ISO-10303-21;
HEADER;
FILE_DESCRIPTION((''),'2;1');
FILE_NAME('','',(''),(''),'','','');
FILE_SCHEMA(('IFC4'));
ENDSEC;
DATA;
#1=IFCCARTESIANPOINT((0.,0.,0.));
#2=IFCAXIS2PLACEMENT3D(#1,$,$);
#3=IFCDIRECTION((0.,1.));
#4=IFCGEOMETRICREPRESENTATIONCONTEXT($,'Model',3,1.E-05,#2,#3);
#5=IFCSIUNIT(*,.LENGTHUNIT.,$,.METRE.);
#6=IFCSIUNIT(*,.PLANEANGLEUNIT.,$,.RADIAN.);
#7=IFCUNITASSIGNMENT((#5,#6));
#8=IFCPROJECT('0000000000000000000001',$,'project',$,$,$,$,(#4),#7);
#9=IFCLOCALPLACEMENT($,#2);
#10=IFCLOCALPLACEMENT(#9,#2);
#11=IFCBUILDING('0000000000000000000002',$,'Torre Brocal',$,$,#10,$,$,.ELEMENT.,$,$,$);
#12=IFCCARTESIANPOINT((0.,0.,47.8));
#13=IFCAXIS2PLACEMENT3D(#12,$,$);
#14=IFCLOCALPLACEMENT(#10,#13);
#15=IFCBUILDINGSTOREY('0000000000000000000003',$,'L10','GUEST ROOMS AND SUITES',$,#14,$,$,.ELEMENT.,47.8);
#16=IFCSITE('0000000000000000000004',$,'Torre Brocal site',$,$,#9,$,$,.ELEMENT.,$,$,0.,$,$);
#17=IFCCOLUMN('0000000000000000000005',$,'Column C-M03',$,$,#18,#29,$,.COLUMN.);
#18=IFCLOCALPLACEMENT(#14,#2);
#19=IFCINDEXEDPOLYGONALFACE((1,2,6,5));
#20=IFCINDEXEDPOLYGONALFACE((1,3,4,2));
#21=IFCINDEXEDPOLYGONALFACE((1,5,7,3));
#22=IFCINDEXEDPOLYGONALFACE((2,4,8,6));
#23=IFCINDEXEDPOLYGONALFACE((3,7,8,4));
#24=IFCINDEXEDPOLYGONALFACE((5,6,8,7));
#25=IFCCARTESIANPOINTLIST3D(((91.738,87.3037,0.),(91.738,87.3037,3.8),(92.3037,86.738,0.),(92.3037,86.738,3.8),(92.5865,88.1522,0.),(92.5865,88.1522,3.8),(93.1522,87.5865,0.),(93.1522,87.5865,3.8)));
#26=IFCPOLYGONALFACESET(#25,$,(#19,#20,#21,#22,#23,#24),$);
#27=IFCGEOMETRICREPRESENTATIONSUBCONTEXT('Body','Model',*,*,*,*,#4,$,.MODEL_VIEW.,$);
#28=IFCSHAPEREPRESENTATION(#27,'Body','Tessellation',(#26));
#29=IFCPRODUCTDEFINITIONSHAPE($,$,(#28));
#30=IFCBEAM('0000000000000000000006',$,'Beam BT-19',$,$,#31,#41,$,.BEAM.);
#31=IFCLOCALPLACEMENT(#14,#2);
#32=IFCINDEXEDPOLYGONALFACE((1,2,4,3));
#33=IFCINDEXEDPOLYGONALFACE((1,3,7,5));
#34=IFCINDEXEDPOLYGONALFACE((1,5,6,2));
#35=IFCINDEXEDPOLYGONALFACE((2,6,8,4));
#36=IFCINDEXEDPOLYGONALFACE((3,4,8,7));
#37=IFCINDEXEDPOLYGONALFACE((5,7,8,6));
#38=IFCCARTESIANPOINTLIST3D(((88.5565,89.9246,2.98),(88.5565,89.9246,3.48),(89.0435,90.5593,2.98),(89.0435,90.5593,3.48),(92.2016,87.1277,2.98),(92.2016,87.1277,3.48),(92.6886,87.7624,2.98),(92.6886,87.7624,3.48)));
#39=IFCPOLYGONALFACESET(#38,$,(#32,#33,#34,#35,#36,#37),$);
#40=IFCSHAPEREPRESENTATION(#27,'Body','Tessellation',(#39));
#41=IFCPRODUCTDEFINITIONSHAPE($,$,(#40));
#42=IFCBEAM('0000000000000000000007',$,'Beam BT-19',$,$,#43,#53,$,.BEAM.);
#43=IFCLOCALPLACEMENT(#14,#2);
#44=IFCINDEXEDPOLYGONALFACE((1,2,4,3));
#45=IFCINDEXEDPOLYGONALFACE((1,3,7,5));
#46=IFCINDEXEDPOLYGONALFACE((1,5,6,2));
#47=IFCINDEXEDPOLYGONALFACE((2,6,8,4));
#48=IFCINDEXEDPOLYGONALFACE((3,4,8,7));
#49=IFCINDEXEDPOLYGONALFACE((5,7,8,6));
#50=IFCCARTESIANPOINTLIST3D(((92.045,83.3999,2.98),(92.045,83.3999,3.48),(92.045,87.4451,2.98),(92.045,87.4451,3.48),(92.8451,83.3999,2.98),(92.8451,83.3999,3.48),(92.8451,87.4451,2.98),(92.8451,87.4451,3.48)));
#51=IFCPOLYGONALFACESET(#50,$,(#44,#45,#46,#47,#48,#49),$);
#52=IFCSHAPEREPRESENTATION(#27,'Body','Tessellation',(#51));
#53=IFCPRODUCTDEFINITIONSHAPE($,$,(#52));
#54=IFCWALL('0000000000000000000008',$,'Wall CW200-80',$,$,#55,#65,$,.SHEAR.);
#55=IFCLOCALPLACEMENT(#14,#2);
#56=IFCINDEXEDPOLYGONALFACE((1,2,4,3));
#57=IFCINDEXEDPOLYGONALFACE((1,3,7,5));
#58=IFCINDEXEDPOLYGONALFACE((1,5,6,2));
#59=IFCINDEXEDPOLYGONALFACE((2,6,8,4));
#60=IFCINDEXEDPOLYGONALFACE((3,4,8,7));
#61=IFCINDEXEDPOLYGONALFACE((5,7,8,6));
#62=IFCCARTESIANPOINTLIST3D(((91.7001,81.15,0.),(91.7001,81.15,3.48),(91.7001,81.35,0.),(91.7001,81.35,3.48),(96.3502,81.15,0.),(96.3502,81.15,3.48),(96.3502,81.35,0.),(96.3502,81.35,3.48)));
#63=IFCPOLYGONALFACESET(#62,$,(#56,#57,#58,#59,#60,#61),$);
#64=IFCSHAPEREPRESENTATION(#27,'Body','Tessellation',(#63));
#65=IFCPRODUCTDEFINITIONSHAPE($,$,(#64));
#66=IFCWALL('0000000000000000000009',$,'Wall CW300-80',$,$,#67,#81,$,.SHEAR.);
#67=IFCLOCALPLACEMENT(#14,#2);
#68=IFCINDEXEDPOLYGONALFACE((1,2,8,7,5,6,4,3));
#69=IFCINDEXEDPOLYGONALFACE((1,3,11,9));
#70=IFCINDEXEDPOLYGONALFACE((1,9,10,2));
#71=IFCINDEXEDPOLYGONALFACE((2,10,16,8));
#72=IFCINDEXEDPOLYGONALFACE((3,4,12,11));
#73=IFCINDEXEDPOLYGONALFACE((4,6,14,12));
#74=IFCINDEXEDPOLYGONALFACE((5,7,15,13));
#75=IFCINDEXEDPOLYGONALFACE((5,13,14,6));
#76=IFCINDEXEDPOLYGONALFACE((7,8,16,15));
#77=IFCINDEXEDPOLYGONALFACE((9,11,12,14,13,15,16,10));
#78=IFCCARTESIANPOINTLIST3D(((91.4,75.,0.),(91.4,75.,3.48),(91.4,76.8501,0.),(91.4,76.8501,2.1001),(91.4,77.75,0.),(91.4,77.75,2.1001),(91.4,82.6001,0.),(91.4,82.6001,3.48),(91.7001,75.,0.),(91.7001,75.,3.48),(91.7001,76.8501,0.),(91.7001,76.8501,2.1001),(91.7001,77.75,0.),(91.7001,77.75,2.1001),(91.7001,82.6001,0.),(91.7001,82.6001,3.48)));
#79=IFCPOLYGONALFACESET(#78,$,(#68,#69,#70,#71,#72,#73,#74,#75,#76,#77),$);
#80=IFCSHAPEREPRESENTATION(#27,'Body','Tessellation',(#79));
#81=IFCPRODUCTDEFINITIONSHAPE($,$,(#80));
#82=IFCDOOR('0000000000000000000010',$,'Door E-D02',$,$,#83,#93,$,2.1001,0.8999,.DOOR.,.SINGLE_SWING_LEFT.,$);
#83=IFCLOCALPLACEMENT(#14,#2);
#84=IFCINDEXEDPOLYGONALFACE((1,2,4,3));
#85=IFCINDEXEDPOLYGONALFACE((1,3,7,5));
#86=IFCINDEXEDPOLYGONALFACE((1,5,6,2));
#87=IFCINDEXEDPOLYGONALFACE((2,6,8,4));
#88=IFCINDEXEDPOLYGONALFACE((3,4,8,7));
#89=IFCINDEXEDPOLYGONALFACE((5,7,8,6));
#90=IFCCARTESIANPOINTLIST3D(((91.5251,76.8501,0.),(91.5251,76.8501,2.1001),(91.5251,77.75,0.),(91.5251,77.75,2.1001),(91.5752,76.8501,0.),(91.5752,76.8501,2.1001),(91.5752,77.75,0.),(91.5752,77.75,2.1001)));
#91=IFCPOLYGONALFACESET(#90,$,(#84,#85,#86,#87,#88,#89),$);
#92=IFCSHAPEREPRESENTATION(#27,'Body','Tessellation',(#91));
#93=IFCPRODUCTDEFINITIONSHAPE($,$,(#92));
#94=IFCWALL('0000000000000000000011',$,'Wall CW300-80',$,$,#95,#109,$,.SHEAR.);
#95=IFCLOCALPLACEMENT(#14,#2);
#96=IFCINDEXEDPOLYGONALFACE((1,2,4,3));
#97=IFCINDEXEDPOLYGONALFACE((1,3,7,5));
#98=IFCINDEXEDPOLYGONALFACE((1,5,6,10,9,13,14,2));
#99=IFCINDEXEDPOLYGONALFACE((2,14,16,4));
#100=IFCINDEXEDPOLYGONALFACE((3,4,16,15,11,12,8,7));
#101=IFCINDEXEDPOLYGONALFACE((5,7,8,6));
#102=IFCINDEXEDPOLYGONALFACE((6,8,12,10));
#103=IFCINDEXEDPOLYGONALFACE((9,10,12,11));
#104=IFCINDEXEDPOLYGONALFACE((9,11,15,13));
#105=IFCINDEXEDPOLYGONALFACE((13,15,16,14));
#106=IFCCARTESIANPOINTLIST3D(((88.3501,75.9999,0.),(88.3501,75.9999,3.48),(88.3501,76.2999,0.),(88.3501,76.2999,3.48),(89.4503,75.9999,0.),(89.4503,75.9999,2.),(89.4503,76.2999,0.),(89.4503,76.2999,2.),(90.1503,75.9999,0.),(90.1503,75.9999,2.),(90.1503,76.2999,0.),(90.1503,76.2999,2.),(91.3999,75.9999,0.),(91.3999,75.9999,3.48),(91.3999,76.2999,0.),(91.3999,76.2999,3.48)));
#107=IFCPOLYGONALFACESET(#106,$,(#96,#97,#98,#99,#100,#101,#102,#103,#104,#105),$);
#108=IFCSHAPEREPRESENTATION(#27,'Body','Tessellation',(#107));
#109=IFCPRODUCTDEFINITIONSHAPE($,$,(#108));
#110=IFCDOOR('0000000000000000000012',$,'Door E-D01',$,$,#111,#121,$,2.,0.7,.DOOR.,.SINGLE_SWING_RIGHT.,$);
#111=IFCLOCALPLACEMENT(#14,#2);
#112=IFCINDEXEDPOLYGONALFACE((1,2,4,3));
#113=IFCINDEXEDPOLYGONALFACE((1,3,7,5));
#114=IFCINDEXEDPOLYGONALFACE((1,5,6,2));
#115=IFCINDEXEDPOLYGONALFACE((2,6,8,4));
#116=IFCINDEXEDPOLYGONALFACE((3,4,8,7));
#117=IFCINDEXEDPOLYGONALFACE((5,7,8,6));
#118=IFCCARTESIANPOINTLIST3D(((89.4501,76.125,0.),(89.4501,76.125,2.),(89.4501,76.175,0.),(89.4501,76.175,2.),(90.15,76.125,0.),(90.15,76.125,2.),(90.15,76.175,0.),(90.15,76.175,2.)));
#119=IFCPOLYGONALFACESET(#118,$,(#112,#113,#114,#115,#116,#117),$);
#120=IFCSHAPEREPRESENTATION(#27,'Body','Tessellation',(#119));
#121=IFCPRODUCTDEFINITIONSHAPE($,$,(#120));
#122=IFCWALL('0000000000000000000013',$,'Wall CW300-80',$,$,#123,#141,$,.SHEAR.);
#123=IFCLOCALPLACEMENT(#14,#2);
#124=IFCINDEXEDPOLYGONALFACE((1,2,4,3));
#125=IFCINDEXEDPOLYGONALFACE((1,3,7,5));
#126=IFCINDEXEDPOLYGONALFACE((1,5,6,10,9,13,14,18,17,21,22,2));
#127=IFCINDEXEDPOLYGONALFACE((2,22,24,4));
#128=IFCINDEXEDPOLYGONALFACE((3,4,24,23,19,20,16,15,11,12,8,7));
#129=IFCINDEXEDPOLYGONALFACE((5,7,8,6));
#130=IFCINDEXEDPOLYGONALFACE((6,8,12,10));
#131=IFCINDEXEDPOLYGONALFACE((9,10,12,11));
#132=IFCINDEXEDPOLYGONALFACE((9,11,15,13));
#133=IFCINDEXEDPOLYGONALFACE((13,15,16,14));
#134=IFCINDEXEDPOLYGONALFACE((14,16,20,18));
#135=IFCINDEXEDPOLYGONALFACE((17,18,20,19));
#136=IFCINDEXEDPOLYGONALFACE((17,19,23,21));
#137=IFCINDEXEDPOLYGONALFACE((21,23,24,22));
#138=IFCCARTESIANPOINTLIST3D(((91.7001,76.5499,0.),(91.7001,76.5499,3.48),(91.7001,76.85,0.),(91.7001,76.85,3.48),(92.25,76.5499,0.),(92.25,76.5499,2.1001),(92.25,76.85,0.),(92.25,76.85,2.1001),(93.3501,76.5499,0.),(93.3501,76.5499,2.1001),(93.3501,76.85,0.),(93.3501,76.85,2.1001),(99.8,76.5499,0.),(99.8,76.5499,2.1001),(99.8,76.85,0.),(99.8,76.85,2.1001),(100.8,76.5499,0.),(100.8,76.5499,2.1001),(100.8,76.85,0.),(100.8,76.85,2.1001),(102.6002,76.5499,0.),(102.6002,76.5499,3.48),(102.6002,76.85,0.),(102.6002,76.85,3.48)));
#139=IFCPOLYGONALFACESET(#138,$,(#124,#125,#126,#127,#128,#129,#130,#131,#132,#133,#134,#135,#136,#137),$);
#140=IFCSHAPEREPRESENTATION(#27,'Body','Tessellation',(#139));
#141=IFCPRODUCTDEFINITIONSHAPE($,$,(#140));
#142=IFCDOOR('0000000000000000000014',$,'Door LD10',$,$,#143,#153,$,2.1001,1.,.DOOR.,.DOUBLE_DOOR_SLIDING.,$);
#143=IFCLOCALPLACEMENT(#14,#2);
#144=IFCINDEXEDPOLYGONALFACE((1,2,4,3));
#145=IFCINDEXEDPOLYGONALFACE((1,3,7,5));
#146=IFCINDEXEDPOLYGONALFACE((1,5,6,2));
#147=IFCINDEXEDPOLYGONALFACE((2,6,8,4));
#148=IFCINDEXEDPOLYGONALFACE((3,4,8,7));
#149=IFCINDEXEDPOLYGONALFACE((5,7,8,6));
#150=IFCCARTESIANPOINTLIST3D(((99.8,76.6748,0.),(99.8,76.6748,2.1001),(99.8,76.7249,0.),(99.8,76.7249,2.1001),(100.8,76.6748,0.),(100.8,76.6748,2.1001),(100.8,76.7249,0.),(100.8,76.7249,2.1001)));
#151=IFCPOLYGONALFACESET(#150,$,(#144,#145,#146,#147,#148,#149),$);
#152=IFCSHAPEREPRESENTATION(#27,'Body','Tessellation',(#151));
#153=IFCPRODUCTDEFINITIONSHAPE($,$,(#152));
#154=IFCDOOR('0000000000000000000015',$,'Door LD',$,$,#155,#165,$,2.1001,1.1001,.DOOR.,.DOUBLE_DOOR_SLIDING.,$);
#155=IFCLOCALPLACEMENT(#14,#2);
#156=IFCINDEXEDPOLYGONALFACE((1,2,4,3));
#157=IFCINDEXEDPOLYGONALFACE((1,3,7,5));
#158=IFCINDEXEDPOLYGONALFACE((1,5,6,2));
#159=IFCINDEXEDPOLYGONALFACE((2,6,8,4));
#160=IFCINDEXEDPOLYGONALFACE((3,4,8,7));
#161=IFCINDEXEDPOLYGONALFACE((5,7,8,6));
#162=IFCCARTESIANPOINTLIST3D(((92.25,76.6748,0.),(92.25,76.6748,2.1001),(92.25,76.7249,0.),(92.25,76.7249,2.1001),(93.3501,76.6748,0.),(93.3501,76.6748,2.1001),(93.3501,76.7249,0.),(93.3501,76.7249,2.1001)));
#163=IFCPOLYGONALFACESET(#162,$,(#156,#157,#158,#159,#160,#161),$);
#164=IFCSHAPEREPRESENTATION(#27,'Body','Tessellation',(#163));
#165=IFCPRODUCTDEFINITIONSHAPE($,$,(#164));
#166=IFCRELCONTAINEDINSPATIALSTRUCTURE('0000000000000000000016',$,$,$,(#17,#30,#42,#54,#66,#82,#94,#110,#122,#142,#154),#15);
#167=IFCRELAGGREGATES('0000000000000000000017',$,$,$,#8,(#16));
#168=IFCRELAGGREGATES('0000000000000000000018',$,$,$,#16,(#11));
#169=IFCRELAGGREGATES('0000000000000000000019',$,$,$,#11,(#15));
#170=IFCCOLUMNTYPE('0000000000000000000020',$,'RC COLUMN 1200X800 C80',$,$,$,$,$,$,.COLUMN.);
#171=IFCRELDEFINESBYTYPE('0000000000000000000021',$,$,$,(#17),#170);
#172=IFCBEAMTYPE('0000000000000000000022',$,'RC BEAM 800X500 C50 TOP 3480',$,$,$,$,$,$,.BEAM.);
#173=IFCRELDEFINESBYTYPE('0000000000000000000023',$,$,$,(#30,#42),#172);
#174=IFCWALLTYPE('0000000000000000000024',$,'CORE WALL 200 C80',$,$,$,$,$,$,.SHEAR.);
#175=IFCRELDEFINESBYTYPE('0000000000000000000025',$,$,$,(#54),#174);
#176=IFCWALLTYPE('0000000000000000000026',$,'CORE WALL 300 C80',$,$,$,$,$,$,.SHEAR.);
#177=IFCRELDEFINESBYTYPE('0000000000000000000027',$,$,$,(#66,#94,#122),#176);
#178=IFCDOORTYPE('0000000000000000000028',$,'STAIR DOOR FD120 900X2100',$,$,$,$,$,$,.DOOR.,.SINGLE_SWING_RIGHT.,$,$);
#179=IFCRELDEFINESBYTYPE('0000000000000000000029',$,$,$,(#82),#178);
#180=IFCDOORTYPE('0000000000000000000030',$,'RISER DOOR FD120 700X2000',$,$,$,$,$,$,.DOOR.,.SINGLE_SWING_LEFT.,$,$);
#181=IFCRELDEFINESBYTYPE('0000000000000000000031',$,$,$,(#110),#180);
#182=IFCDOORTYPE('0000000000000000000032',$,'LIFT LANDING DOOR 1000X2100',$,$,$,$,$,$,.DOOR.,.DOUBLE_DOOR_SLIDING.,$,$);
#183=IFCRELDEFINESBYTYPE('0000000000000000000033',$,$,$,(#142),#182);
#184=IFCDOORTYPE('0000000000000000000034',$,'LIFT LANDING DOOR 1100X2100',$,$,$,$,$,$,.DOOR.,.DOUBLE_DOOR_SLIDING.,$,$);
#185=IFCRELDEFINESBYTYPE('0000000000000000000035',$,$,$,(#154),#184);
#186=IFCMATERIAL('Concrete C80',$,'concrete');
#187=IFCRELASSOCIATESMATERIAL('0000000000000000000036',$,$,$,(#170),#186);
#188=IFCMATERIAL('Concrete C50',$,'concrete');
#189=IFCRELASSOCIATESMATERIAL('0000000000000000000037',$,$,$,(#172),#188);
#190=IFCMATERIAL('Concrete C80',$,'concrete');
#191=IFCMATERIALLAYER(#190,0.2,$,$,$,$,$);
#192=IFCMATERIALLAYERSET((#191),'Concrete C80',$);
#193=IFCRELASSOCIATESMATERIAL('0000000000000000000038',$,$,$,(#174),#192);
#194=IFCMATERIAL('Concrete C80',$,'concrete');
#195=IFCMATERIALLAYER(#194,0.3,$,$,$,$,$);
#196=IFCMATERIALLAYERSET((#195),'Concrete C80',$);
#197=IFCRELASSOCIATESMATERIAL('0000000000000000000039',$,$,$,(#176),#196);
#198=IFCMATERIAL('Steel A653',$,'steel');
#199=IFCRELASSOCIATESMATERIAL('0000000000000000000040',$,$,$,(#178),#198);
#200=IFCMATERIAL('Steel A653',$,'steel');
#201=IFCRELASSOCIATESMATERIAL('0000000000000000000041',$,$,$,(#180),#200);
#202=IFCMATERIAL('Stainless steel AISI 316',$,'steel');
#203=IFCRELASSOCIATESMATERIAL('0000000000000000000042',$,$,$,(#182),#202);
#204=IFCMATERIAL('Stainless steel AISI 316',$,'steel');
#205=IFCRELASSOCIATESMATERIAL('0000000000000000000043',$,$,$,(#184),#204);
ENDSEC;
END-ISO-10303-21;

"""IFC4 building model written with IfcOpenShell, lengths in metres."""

from ifc_helpers import new_model, si_unit, direction, frame, frame_2d, origin, origin_2d, place, context, subcontext, project, spatial, rectangle, extrude, material, layer, layer_set, material_profile, profile_set, type_object, element, fill, save


model = new_model("IFC4")

# Units and contexts
model_context = context("Model", 3, precision=1e-05, world=origin(), true_north=direction((0.0, 1.0)))
body_context = subcontext(model_context, "Body", "Model", "MODEL_VIEW")
ifc_project = project(units=[si_unit("LENGTHUNIT", "METRE"), si_unit("PLANEANGLEUNIT", "RADIAN")], contexts=[model_context])

# Site, building, storey
site_placement = place(None, origin())
site = spatial("IfcSite", under=ifc_project, at=site_placement, Name="Torre Brocal site", CompositionType="ELEMENT", RefElevation=0.0)
building_placement = place(site_placement, origin())
building = spatial("IfcBuilding", under=site, at=building_placement, Name="Torre Brocal", CompositionType="ELEMENT")
storey_placement = place(building_placement, frame((0.0, 0.0, 47.8)))
storey = spatial("IfcBuildingStorey", under=building, at=storey_placement, Name="L10", Description="GUEST ROOMS AND SUITES", CompositionType="ELEMENT", Elevation=47.8)

# Column
ifc_material_1 = material(Name="Concrete C80", Category="concrete")
ifc_material_profile_1 = material_profile(ifc_material_1, rectangle(XDim=1.2, YDim=0.8, at=origin_2d()), Name="RC 1200X800")
ifc_profile_set_1 = profile_set([ifc_material_profile_1], Name="Concrete C80")
column_type = type_object("IfcColumnType", Name="RC COLUMN 1200X800 C80", PredefinedType="COLUMN", material=ifc_profile_set_1)
column_placement = place(storey_placement, frame((92.4451, 87.4451, 0.0), z_axis=(0.0, 0.0, 1.0), x_axis=(0.707107, 0.707107, 0.0)))
element("IfcColumn", 1, at=column_placement, inside=storey, type_object=column_type, Name="Column C-M03", PredefinedType="COLUMN", context=body_context, shape_type="SweptSolid", body=[
    extrude(rectangle(XDim=1.2, YDim=0.8, at=origin_2d()), origin(), (0.0, 0.0, 1.0), 3.8),
])

# Beams
ifc_material_2 = material(Name="Concrete C50", Category="concrete")
ifc_material_profile_2 = material_profile(ifc_material_2, rectangle(XDim=0.8, YDim=0.5, at=origin_2d()), Name="RC 800X500")
ifc_profile_set_2 = profile_set([ifc_material_profile_2], Name="Concrete C50")
beam_type = type_object("IfcBeamType", Name="RC BEAM 800X500 C50 TOP 3480", PredefinedType="BEAM", material=ifc_profile_set_2)
beam_1_placement = place(storey_placement, frame((92.4451, 87.4451, 3.23), z_axis=(-0.793358, 0.608755, 0.0), x_axis=(-0.608755, -0.793358, 0.0)))
element("IfcBeam", 2, at=beam_1_placement, inside=storey, type_object=beam_type, Name="Beam BT-19", PredefinedType="BEAM", context=body_context, shape_type="SweptSolid", body=[
    extrude(rectangle(XDim=0.8, YDim=0.5, at=origin_2d()), origin(), (0.0, 0.0, 1.0), 4.5945),
])
beam_2_placement = place(storey_placement, frame((92.4451, 87.4451, 3.23), z_axis=(0.0, -1.0, 0.0), x_axis=(1.0, 0.0, 0.0)))
element("IfcBeam", 3, at=beam_2_placement, inside=storey, type_object=beam_type, Name="Beam BT-19", PredefinedType="BEAM", context=body_context, shape_type="SweptSolid", body=[
    extrude(rectangle(XDim=0.8, YDim=0.5, at=origin_2d()), origin(), (0.0, 0.0, 1.0), 4.0452),
])

# Wall
ifc_material_3 = material(Name="Concrete C80", Category="concrete")
ifc_layer_1 = layer(ifc_material_3, 0.2)
ifc_layer_set_1 = layer_set([ifc_layer_1], Name="Concrete C80")
wall_type_1 = type_object("IfcWallType", Name="CORE WALL 200 C80", PredefinedType="SHEAR", material=ifc_layer_set_1)
wall_1_placement = place(storey_placement, frame((91.7, 81.25, 0.0), z_axis=(0.0, 0.0, 1.0), x_axis=(1.0, 0.0, 0.0)))
element("IfcWall", 4, at=wall_1_placement, inside=storey, type_object=wall_type_1, Name="Wall CW200-80", PredefinedType="SHEAR", context=body_context, shape_type="SweptSolid", body=[
    extrude(rectangle(XDim=4.6501, YDim=0.2, at=frame_2d((2.3252, 0.0))), origin(), (0.0, 0.0, 1.0), 3.48),
])

# Walls, openings, doors
ifc_material_4 = material(Name="Concrete C80", Category="concrete")
ifc_layer_2 = layer(ifc_material_4, 0.3)
ifc_layer_set_2 = layer_set([ifc_layer_2], Name="Concrete C80")
wall_type_2 = type_object("IfcWallType", Name="CORE WALL 300 C80", PredefinedType="SHEAR", material=ifc_layer_set_2)
wall_2_placement = place(storey_placement, frame((91.55, 75.0, 0.0), z_axis=(0.0, 0.0, 1.0), x_axis=(0.0, 1.0, 0.0)))
wall_2 = element("IfcWall", 5, at=wall_2_placement, inside=storey, type_object=wall_type_2, Name="Wall CW300-80", PredefinedType="SHEAR", context=body_context, shape_type="SweptSolid", body=[
    extrude(rectangle(XDim=7.6001, YDim=0.3, at=frame_2d((3.8, 0.0))), origin(), (0.0, 0.0, 1.0), 3.48),
])
opening_1_placement = place(wall_2_placement, frame((1.8501, 0.0, 0.0)))
opening_1 = element("IfcOpeningElement", 6, at=opening_1_placement, cuts=wall_2, PredefinedType="OPENING", context=body_context, shape_type="SweptSolid", body=[
    extrude(rectangle(XDim=0.8999, YDim=2.1001, at=frame_2d((0.45, 1.05))), frame((0.0, 0.1599, 0.0), z_axis=(0.0, -1.0, 0.0), x_axis=(1.0, 0.0, 0.0)), (0.0, 0.0, 1.0), 0.3201),
])
ifc_material_5 = material(Name="Steel A653", Category="steel")
door_type_1 = type_object("IfcDoorType", Name="STAIR DOOR FD120 900X2100", OperationType="SINGLE_SWING_RIGHT", PredefinedType="DOOR", material=ifc_material_5)
door_1_placement = place(opening_1_placement, origin())
door_1 = element("IfcDoor", 7, at=door_1_placement, inside=storey, type_object=door_type_1, Name="Door E-D02", OperationType="SINGLE_SWING_LEFT", OverallHeight=2.1001, OverallWidth=0.8999, PredefinedType="DOOR", context=body_context, shape_type="SweptSolid", body=[
    extrude(rectangle(XDim=0.8999, YDim=2.1001, at=frame_2d((0.45, 1.05))), frame((0.0, 0.0249, 0.0), z_axis=(0.0, -1.0, 0.0), x_axis=(1.0, 0.0, 0.0)), (0.0, 0.0, 1.0), 0.05),
])
fill(opening_1, door_1)
wall_3_placement = place(storey_placement, frame((88.3501, 76.1499, 0.0), z_axis=(0.0, 0.0, 1.0), x_axis=(1.0, 0.0, 0.0)))
wall_3 = element("IfcWall", 8, at=wall_3_placement, inside=storey, type_object=wall_type_2, Name="Wall CW300-80", PredefinedType="SHEAR", context=body_context, shape_type="SweptSolid", body=[
    extrude(rectangle(XDim=3.0498, YDim=0.3, at=frame_2d((1.5249, 0.0))), origin(), (0.0, 0.0, 1.0), 3.48),
])
opening_2_placement = place(wall_3_placement, frame((1.1001, 0.0, 0.0)))
opening_2 = element("IfcOpeningElement", 9, at=opening_2_placement, cuts=wall_3, PredefinedType="OPENING", context=body_context, shape_type="SweptSolid", body=[
    extrude(rectangle(XDim=0.7, YDim=2.0, at=frame_2d((0.3501, 1.0))), frame((0.0, 0.1599, 0.0), z_axis=(0.0, -1.0, 0.0), x_axis=(1.0, 0.0, 0.0)), (0.0, 0.0, 1.0), 0.3201),
])
ifc_material_6 = material(Name="Steel A653", Category="steel")
door_type_2 = type_object("IfcDoorType", Name="RISER DOOR FD120 700X2000", OperationType="SINGLE_SWING_LEFT", PredefinedType="DOOR", material=ifc_material_6)
door_2_placement = place(opening_2_placement, frame((0.7, 0.0, 0.0), z_axis=(0.0, 0.0, 1.0), x_axis=(-1.0, 0.0, 0.0)))
door_2 = element("IfcDoor", 10, at=door_2_placement, inside=storey, type_object=door_type_2, Name="Door E-D01", OperationType="SINGLE_SWING_RIGHT", OverallHeight=2.0, OverallWidth=0.7, PredefinedType="DOOR", context=body_context, shape_type="SweptSolid", body=[
    extrude(rectangle(XDim=0.7, YDim=2.0, at=frame_2d((0.3501, 1.0))), frame((0.0, 0.0249, 0.0), z_axis=(0.0, -1.0, 0.0), x_axis=(1.0, 0.0, 0.0)), (0.0, 0.0, 1.0), 0.05),
])
fill(opening_2, door_2)

# Wall, openings, doors
wall_4_placement = place(storey_placement, frame((91.7, 76.7, 0.0), z_axis=(0.0, 0.0, 1.0), x_axis=(1.0, 0.0, 0.0)))
wall_4 = element("IfcWall", 11, at=wall_4_placement, inside=storey, type_object=wall_type_2, Name="Wall CW300-80", PredefinedType="SHEAR", context=body_context, shape_type="SweptSolid", body=[
    extrude(rectangle(XDim=10.9001, YDim=0.3, at=frame_2d((5.4502, 0.0))), origin(), (0.0, 0.0, 1.0), 3.48),
])
opening_3_placement = place(wall_4_placement, frame((0.55, 0.0, 0.0)))
opening_3 = element("IfcOpeningElement", 12, at=opening_3_placement, cuts=wall_4, PredefinedType="OPENING", context=body_context, shape_type="SweptSolid", body=[
    extrude(rectangle(XDim=1.1001, YDim=2.1001, at=frame_2d((0.55, 1.05))), frame((0.0, 0.1599, 0.0), z_axis=(0.0, -1.0, 0.0), x_axis=(1.0, 0.0, 0.0)), (0.0, 0.0, 1.0), 0.3201),
])
opening_4_placement = place(wall_4_placement, frame((8.1001, 0.0, 0.0)))
opening_4 = element("IfcOpeningElement", 13, at=opening_4_placement, cuts=wall_4, PredefinedType="OPENING", context=body_context, shape_type="SweptSolid", body=[
    extrude(rectangle(XDim=1.0, YDim=2.1001, at=frame_2d((0.5, 1.05))), frame((0.0, 0.1599, 0.0), z_axis=(0.0, -1.0, 0.0), x_axis=(1.0, 0.0, 0.0)), (0.0, 0.0, 1.0), 0.3201),
])
ifc_material_7 = material(Name="Stainless steel AISI 316", Category="steel")
door_type_3 = type_object("IfcDoorType", Name="LIFT LANDING DOOR 1000X2100", OperationType="DOUBLE_DOOR_SLIDING", PredefinedType="DOOR", material=ifc_material_7)
door_3_placement = place(opening_4_placement, origin())
door_3 = element("IfcDoor", 14, at=door_3_placement, inside=storey, type_object=door_type_3, Name="Door LD10", OperationType="DOUBLE_DOOR_SLIDING", OverallHeight=2.1001, OverallWidth=1.0, PredefinedType="DOOR", context=body_context, shape_type="SweptSolid", body=[
    extrude(rectangle(XDim=1.0, YDim=2.1001, at=frame_2d((0.5, 1.05))), frame((0.0, 0.0249, 0.0), z_axis=(0.0, -1.0, 0.0), x_axis=(1.0, 0.0, 0.0)), (0.0, 0.0, 1.0), 0.05),
])
fill(opening_4, door_3)
ifc_material_8 = material(Name="Stainless steel AISI 316", Category="steel")
door_type_4 = type_object("IfcDoorType", Name="LIFT LANDING DOOR 1100X2100", OperationType="DOUBLE_DOOR_SLIDING", PredefinedType="DOOR", material=ifc_material_8)
door_4_placement = place(opening_3_placement, origin())
door_4 = element("IfcDoor", 15, at=door_4_placement, inside=storey, type_object=door_type_4, Name="Door LD", OperationType="DOUBLE_DOOR_SLIDING", OverallHeight=2.1001, OverallWidth=1.1001, PredefinedType="DOOR", context=body_context, shape_type="SweptSolid", body=[
    extrude(rectangle(XDim=1.1001, YDim=2.1001, at=frame_2d((0.55, 1.05))), frame((0.0, 0.0249, 0.0), z_axis=(0.0, -1.0, 0.0), x_axis=(1.0, 0.0, 0.0)), (0.0, 0.0, 1.0), 0.05),
])
fill(opening_3, door_4)

save(model, "model.ifc")
